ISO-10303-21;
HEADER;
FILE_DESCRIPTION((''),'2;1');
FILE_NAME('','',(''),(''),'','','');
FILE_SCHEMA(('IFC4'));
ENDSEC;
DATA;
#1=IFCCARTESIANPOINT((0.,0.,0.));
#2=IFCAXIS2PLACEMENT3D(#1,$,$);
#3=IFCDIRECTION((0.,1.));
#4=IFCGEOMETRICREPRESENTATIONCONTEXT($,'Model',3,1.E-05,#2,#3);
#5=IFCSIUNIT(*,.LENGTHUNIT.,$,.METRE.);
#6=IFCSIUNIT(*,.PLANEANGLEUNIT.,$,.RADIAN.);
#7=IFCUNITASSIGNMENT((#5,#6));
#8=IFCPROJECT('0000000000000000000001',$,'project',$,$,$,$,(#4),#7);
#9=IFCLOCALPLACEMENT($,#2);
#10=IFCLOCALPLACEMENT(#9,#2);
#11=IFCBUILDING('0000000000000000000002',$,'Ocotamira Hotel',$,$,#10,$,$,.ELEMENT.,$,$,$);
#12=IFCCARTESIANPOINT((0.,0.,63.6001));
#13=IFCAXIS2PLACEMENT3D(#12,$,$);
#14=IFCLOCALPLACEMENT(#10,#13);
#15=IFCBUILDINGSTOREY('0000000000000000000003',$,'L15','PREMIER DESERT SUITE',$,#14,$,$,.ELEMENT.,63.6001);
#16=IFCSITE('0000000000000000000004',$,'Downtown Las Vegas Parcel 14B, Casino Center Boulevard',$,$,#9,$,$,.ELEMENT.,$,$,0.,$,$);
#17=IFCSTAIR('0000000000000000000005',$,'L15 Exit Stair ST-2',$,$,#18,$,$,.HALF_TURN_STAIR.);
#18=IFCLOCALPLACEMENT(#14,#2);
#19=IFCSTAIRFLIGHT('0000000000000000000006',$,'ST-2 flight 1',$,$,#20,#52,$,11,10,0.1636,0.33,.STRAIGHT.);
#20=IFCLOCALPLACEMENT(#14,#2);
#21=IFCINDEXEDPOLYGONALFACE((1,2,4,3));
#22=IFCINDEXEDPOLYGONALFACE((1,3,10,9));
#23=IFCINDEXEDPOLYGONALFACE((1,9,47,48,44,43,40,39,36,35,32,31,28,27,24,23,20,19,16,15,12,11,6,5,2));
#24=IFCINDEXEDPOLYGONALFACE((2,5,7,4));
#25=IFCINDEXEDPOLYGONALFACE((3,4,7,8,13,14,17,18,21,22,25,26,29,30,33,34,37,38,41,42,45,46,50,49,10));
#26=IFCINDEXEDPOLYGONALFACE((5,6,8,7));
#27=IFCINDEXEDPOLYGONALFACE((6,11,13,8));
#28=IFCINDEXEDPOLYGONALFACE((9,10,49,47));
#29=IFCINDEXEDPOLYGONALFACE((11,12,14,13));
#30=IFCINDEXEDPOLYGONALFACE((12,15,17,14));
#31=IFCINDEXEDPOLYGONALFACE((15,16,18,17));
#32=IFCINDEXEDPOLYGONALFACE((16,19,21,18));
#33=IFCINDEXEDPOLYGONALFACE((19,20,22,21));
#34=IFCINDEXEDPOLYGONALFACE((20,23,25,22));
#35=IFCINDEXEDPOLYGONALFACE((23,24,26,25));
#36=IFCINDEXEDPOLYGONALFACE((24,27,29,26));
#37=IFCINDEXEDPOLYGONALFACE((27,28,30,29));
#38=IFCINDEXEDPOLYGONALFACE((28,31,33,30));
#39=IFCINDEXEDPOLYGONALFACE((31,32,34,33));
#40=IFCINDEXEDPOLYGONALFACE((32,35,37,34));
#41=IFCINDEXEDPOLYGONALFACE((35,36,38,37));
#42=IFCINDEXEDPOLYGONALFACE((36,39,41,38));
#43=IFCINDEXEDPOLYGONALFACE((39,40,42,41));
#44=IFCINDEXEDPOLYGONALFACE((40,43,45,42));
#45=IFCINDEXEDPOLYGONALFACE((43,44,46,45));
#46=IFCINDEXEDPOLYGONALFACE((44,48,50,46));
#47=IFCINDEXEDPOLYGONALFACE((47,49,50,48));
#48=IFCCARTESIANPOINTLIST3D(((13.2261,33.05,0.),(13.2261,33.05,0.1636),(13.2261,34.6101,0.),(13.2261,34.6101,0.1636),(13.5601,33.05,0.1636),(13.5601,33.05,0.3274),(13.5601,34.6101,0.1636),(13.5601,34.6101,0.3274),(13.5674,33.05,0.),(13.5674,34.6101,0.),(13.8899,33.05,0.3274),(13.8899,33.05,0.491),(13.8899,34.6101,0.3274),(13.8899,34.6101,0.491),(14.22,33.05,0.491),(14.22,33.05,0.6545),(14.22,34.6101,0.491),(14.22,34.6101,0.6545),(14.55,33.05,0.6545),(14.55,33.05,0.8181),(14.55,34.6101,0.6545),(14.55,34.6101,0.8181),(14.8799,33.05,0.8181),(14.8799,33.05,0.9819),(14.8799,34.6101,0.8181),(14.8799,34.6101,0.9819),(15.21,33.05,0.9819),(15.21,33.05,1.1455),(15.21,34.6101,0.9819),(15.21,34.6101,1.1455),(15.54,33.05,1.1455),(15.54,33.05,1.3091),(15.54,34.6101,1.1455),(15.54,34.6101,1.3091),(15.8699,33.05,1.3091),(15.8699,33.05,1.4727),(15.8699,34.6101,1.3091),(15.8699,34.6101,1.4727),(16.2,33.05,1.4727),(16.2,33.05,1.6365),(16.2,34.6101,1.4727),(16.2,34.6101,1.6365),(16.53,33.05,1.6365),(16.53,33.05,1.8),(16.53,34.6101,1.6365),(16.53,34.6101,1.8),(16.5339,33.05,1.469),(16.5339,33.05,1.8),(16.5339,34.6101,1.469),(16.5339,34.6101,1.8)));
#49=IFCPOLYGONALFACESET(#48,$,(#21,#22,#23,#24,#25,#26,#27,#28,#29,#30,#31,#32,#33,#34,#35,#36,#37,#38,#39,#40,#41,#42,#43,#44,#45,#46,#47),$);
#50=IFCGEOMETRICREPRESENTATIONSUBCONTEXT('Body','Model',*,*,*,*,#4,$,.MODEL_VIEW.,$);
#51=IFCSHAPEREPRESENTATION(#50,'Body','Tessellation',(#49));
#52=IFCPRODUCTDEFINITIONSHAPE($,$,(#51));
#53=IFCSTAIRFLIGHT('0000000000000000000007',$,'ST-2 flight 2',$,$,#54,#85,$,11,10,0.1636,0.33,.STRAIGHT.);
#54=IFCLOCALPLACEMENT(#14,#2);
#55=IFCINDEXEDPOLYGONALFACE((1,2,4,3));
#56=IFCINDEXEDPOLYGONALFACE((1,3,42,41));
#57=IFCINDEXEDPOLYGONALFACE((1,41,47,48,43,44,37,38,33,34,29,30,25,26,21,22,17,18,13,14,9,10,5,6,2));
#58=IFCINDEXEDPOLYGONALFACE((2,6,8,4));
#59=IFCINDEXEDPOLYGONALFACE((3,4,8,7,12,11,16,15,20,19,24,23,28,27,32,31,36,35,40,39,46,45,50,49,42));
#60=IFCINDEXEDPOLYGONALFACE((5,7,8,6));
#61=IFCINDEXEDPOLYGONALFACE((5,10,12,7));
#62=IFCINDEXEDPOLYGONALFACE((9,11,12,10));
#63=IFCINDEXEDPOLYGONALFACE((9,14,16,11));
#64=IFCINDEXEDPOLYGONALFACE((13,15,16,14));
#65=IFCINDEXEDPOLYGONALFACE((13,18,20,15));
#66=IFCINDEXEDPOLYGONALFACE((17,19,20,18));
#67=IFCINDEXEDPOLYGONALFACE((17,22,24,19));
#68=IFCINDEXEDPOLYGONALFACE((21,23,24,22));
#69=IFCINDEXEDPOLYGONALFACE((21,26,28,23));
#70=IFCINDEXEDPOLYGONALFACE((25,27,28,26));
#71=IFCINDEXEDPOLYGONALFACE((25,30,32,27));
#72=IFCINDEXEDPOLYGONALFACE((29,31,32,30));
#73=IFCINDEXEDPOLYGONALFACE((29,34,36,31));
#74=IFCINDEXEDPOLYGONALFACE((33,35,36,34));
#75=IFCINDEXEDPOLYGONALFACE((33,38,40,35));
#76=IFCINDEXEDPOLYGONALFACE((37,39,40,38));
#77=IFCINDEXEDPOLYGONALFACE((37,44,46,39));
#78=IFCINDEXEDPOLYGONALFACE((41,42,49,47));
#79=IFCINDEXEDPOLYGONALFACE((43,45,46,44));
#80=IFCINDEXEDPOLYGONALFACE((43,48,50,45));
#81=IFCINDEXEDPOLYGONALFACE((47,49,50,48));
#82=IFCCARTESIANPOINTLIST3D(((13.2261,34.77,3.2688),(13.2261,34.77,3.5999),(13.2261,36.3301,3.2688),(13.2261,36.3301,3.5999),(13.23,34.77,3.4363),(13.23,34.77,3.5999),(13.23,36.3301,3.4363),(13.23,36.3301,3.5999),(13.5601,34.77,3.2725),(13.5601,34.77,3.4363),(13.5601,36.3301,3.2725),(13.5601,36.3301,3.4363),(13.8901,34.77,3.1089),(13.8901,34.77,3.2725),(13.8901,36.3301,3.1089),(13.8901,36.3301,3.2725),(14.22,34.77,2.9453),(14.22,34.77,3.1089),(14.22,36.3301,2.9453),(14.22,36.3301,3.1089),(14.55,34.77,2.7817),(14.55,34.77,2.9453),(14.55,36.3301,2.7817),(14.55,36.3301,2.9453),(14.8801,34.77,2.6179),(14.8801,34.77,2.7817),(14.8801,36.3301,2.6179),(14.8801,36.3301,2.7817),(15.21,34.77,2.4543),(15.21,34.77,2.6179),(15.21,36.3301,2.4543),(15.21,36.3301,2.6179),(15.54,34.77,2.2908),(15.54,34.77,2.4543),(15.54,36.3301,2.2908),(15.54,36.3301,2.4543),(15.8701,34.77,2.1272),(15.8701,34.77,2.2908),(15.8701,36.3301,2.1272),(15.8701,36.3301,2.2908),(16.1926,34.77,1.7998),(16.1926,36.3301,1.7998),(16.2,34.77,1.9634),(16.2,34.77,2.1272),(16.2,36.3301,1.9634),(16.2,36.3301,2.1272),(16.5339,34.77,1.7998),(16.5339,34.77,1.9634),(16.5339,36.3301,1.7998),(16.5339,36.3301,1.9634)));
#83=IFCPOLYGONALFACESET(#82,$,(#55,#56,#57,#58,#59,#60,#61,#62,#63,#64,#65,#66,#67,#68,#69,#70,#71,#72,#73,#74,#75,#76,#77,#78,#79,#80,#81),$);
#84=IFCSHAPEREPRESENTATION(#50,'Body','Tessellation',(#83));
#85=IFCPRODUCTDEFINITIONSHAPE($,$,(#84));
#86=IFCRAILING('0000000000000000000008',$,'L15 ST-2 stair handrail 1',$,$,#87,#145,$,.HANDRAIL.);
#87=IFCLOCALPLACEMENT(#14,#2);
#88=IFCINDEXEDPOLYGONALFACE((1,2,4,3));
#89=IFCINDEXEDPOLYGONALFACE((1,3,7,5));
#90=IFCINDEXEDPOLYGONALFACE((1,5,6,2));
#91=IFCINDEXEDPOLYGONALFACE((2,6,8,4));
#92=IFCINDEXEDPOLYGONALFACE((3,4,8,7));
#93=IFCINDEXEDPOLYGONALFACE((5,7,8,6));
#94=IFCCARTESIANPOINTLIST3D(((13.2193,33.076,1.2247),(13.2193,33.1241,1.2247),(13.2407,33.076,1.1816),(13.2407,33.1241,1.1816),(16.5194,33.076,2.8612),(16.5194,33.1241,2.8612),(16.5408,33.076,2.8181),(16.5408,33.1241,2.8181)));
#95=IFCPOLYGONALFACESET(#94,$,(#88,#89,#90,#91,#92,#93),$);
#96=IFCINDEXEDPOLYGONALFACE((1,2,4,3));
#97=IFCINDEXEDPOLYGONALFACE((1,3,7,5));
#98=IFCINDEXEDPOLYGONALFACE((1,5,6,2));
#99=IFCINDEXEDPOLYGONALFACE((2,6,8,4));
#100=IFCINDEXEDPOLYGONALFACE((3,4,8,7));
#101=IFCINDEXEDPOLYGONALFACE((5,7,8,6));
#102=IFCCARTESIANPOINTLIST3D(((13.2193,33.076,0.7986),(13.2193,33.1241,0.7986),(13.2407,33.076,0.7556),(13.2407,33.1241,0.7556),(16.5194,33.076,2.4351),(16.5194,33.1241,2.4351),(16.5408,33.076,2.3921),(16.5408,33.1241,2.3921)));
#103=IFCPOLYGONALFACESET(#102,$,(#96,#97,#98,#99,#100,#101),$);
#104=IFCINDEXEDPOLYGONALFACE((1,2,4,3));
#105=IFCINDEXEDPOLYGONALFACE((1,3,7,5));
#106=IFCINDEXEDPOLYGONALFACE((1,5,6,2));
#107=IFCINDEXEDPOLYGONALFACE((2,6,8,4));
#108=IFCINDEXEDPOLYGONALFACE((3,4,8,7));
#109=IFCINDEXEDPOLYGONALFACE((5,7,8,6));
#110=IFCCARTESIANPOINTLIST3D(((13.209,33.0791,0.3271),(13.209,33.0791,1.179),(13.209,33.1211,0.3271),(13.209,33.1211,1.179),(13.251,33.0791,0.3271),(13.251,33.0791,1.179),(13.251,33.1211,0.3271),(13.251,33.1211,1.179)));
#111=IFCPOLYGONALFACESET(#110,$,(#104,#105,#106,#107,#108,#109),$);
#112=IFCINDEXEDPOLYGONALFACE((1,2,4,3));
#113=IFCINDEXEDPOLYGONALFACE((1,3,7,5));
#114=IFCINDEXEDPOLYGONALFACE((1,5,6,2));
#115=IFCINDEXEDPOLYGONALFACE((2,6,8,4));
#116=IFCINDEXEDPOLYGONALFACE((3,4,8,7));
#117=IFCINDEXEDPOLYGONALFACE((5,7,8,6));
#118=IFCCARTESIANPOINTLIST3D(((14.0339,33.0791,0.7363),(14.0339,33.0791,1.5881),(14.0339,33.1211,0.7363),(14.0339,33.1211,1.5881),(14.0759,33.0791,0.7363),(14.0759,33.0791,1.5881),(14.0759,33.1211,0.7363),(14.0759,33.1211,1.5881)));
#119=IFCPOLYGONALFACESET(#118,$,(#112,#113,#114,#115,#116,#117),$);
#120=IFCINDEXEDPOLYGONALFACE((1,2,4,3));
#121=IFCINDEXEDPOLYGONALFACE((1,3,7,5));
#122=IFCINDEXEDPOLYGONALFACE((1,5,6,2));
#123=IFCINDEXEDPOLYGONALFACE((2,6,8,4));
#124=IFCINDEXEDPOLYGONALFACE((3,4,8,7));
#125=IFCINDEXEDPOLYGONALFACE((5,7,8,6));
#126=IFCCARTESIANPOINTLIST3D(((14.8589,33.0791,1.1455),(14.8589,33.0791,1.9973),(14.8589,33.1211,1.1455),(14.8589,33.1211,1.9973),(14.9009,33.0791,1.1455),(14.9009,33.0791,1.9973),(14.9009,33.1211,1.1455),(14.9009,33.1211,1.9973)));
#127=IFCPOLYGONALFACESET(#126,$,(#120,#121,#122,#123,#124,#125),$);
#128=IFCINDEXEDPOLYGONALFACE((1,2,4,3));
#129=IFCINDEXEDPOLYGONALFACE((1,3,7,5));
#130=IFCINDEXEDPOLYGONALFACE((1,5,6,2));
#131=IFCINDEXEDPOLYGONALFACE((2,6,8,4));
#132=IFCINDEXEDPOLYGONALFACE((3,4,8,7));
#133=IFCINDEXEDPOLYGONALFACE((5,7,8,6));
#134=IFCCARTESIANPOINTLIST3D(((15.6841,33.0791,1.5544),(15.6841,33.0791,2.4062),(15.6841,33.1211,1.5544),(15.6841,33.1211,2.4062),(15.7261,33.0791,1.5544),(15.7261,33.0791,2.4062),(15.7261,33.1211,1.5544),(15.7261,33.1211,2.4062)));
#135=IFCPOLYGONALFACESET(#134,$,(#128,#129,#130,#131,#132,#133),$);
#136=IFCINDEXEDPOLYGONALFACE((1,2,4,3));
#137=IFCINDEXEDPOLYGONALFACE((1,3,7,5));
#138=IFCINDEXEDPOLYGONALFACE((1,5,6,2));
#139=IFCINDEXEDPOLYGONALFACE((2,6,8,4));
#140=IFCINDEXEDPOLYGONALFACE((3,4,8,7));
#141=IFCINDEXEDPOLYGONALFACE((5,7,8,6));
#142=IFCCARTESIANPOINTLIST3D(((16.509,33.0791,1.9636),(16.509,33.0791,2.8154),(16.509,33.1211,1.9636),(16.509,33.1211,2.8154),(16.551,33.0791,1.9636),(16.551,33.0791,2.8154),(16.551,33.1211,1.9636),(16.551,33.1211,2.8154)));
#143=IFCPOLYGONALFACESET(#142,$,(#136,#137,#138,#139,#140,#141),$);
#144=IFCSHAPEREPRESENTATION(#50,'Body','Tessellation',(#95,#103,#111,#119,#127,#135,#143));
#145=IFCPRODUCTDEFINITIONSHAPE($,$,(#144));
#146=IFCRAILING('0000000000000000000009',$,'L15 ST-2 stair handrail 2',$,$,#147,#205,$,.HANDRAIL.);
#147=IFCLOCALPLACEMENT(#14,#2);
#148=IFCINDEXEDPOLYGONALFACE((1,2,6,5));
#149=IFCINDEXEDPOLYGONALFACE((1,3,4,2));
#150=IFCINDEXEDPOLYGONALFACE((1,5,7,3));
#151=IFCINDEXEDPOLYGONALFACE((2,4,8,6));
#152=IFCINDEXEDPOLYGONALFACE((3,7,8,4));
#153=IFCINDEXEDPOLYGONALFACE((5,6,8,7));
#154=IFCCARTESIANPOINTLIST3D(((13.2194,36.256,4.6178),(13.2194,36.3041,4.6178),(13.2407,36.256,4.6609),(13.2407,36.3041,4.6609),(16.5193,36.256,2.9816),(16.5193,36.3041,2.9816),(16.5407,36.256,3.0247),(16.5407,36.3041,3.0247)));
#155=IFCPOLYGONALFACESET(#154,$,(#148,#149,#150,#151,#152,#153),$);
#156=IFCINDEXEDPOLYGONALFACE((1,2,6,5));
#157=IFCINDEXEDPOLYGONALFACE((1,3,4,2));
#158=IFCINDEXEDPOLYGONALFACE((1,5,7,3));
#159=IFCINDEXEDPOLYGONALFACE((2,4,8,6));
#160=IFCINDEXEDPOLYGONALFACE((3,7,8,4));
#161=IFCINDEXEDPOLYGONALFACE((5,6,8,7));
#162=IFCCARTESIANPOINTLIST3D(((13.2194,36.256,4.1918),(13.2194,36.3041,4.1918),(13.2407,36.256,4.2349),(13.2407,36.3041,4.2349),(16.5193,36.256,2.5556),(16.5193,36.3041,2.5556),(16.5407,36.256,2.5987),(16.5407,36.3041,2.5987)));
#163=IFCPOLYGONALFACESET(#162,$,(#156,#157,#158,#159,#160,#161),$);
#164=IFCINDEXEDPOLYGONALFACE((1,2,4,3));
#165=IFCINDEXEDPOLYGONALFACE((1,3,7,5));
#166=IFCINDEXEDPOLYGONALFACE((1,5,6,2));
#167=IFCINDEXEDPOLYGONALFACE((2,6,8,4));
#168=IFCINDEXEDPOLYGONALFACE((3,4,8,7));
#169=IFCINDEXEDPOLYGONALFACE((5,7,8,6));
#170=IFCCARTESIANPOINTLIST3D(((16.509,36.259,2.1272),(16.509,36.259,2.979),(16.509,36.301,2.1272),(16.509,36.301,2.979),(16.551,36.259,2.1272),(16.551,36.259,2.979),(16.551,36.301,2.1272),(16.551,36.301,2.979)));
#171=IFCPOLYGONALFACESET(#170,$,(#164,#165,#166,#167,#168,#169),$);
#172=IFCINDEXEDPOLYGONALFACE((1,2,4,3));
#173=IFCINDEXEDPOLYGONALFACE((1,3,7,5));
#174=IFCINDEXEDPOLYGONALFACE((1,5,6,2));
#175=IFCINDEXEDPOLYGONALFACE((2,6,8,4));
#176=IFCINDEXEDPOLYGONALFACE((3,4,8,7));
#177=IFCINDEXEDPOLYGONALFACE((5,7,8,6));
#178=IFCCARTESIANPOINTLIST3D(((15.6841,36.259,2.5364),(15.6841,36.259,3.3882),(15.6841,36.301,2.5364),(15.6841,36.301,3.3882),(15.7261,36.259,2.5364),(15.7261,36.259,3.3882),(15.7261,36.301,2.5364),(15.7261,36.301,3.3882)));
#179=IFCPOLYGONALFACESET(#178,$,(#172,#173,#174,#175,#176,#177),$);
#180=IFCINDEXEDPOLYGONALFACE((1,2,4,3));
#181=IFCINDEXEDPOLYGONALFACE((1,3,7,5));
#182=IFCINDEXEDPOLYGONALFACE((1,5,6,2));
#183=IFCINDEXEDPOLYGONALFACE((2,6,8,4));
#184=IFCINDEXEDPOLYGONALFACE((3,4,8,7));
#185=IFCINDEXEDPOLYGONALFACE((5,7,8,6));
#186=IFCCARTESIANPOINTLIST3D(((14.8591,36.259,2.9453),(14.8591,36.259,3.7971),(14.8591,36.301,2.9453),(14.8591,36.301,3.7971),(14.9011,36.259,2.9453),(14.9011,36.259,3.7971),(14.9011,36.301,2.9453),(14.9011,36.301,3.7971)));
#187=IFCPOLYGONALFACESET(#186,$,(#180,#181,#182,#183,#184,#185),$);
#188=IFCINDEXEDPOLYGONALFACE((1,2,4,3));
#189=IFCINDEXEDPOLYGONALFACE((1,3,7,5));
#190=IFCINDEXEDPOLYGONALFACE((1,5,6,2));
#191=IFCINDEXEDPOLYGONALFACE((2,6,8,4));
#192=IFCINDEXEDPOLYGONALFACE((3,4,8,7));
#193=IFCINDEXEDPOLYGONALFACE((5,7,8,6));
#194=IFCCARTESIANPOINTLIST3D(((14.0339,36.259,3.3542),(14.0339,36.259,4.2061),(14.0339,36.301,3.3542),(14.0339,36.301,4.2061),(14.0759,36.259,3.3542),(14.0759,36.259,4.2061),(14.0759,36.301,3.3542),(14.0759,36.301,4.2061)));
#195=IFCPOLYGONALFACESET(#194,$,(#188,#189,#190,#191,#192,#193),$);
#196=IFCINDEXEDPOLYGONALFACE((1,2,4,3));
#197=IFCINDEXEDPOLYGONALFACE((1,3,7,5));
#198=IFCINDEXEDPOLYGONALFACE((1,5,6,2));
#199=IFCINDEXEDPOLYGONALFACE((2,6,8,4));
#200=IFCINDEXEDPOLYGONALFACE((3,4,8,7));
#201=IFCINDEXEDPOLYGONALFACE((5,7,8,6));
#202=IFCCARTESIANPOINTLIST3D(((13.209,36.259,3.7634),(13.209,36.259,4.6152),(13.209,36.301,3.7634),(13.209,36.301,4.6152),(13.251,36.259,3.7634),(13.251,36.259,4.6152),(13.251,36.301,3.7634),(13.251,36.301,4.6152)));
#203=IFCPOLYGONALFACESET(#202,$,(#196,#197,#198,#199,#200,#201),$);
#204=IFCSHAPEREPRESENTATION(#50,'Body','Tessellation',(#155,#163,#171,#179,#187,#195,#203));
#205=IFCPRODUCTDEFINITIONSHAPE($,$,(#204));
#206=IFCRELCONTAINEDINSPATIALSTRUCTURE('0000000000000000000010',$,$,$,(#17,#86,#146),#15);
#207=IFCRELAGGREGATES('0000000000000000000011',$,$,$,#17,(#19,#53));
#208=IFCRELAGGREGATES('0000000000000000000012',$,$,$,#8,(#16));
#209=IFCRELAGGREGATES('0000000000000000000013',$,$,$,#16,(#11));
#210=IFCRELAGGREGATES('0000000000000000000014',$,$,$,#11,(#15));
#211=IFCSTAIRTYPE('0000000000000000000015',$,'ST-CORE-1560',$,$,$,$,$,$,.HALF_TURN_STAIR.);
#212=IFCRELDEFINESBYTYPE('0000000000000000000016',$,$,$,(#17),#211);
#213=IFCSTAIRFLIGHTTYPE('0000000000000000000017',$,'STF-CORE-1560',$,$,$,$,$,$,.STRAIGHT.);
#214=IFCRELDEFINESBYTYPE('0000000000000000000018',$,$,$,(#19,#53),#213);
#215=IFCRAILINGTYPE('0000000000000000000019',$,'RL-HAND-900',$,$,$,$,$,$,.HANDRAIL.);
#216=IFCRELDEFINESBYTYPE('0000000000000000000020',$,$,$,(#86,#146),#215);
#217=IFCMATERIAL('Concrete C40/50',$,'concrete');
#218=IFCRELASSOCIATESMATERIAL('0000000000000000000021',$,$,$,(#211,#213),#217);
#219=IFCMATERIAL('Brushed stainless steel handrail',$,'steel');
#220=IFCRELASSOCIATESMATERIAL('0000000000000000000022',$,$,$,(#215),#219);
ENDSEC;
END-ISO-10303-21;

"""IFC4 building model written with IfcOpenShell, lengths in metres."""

from ifc_helpers import new_model, si_unit, direction, frame, origin, origin_2d, place, context, subcontext, project, spatial, polyline, rectangle, outline, extrude, source, transform, mapped, material, type_object, element, aggregate, save


model = new_model("IFC4")

# Units and contexts
model_context = context("Model", 3, precision=1e-05, world=origin(), true_north=direction((0.0, 1.0)))
body_context = subcontext(model_context, "Body", "Model", "MODEL_VIEW")
ifc_project = project(units=[si_unit("LENGTHUNIT", "METRE"), si_unit("PLANEANGLEUNIT", "RADIAN")], contexts=[model_context])

# Site, building, storey
site_placement = place(None, origin())
site = spatial("IfcSite", under=ifc_project, at=site_placement, Name="Downtown Las Vegas Parcel 14B, Casino Center Boulevard", CompositionType="ELEMENT", RefElevation=0.0)
building_placement = place(site_placement, origin())
building = spatial("IfcBuilding", under=site, at=building_placement, Name="Ocotamira Hotel", CompositionType="ELEMENT")
storey_placement = place(building_placement, frame((0.0, 0.0, 63.6001)))
storey = spatial("IfcBuildingStorey", under=building, at=storey_placement, Name="L15", Description="PREMIER DESERT SUITE", CompositionType="ELEMENT", Elevation=63.6001)

# Stair, stair flights
ifc_material_1 = material(Name="Concrete C40/50", Category="concrete")
stair_type = type_object("IfcStairType", Name="ST-CORE-1560", PredefinedType="HALF_TURN_STAIR", material=ifc_material_1)
stair_placement = place(storey_placement, origin())
stair = element("IfcStair", 1, at=stair_placement, inside=storey, type_object=stair_type, Name="L15 Exit Stair ST-2", PredefinedType="HALF_TURN_STAIR")
stair_flight_type = type_object("IfcStairFlightType", Name="STF-CORE-1560", PredefinedType="STRAIGHT", material=ifc_material_1)
shared_shape_1 = source(origin(), body_context, "Body", "SweptSolid", [
    extrude(outline(polyline([(-0.0039, 0.0), (-0.0039, 0.1636), (0.3301, 0.1636), (0.3301, 0.3274), (0.6599, 0.3274), (0.6599, 0.491), (0.99, 0.491), (0.99, 0.6545), (1.3201, 0.6545), (1.3201, 0.8181), (1.6499, 0.8181), (1.6499, 0.9819), (1.98, 0.9819), (1.98, 1.1455), (2.3101, 1.1455), (2.3101, 1.3091), (2.6399, 1.3091), (2.6399, 1.4727), (2.97, 1.4727), (2.97, 1.6365), (3.3, 1.6365), (3.3, 1.8), (3.304, 1.8), (3.304, 1.469), (0.3374, 0.0), (-0.0039, 0.0)])), frame((0.0, 0.78, 0.0), z_axis=(0.0, -1.0, 0.0), x_axis=(1.0, 0.0, 0.0)), (0.0, 0.0, 1.0), 1.5601),
])
stair_flight_1_placement = place(storey_placement, frame((13.23, 33.8301, 0.0), z_axis=(0.0, 0.0, 1.0), x_axis=(1.0, 0.0, 0.0)))
stair_flight_1 = element("IfcStairFlight", 2, at=stair_flight_1_placement, type_object=stair_flight_type, Name="ST-2 flight 1", NumberOfRisers=11, NumberOfTreads=10, PredefinedType="STRAIGHT", RiserHeight=0.1636, TreadLength=0.33, context=body_context, shape_type="MappedRepresentation", body=[
    mapped(shared_shape_1, transform((0.0, 0.0, 0.0), scale=1.0)),
])
stair_flight_2_placement = place(storey_placement, frame((16.53, 35.55, 1.7998), z_axis=(0.0, 0.0, 1.0), x_axis=(-1.0, 0.0, 0.0)))
stair_flight_2 = element("IfcStairFlight", 3, at=stair_flight_2_placement, type_object=stair_flight_type, Name="ST-2 flight 2", NumberOfRisers=11, NumberOfTreads=10, PredefinedType="STRAIGHT", RiserHeight=0.1636, TreadLength=0.33, context=body_context, shape_type="MappedRepresentation", body=[
    mapped(shared_shape_1, transform((0.0, 0.0, 0.0), scale=1.0)),
])
aggregate(stair, [stair_flight_1, stair_flight_2])

# Railings
ifc_material_2 = material(Name="Brushed stainless steel handrail", Category="steel")
railing_type_1 = type_object("IfcRailingType", Name="RL-HAND-900", PredefinedType="HANDRAIL", material=ifc_material_2)
railing_1_placement = place(storey_placement, frame((13.23, 33.1001, 0.3271)))
element("IfcRailing", 4, at=railing_1_placement, inside=storey, type_object=railing_type_1, Name="L15 ST-2 stair handrail 1", PredefinedType="HANDRAIL", context=body_context, shape_type="SweptSolid", body=[
    extrude(rectangle(XDim=0.0481, YDim=0.0481, at=origin_2d()), frame((0.0, 0.0, 0.876), z_axis=(0.895894, 0.0, 0.444268), x_axis=(0.0, 1.0, 0.0)), (0.0, 0.0, 1.0), 3.6836),
    extrude(rectangle(XDim=0.0481, YDim=0.0481, at=origin_2d()), frame((0.0, 0.0, 0.45), z_axis=(0.895894, 0.0, 0.444268), x_axis=(0.0, 1.0, 0.0)), (0.0, 0.0, 1.0), 3.6836),
    extrude(rectangle(XDim=0.042, YDim=0.042, at=origin_2d()), origin(), (0.0, 0.0, 1.0), 0.8518),
    extrude(rectangle(XDim=0.042, YDim=0.042, at=origin_2d()), frame((0.825, 0.0, 0.4092)), (0.0, 0.0, 1.0), 0.8518),
    extrude(rectangle(XDim=0.042, YDim=0.042, at=origin_2d()), frame((1.6499, 0.0, 0.8184)), (0.0, 0.0, 1.0), 0.8518),
    extrude(rectangle(XDim=0.042, YDim=0.042, at=origin_2d()), frame((2.4751, 0.0, 1.2273)), (0.0, 0.0, 1.0), 0.8518),
    extrude(rectangle(XDim=0.042, YDim=0.042, at=origin_2d()), frame((3.3, 0.0, 1.6365)), (0.0, 0.0, 1.0), 0.8518),
])
railing_2_placement = place(storey_placement, frame((16.53, 36.28, 2.1272)))
element("IfcRailing", 5, at=railing_2_placement, inside=storey, type_object=railing_type_1, Name="L15 ST-2 stair handrail 2", PredefinedType="HANDRAIL", context=body_context, shape_type="SweptSolid", body=[
    extrude(rectangle(XDim=0.0481, YDim=0.0481, at=origin_2d()), frame((0.0, 0.0, 0.876), z_axis=(-0.89592, 0.0, 0.444215), x_axis=(0.0, -1.0, 0.0)), (0.0, 0.0, 1.0), 3.6833),
    extrude(rectangle(XDim=0.0481, YDim=0.0481, at=origin_2d()), frame((0.0, 0.0, 0.45), z_axis=(-0.89592, 0.0, 0.444215), x_axis=(0.0, -1.0, 0.0)), (0.0, 0.0, 1.0), 3.6833),
    extrude(rectangle(XDim=0.042, YDim=0.042, at=origin_2d()), origin(), (0.0, 0.0, 1.0), 0.8518),
    extrude(rectangle(XDim=0.042, YDim=0.042, at=origin_2d()), frame((-0.825, 0.0, 0.4092)), (0.0, 0.0, 1.0), 0.8518),
    extrude(rectangle(XDim=0.042, YDim=0.042, at=origin_2d()), frame((-1.6499, 0.0, 0.8181)), (0.0, 0.0, 1.0), 0.8518),
    extrude(rectangle(XDim=0.042, YDim=0.042, at=origin_2d()), frame((-2.4751, 0.0, 1.2271)), (0.0, 0.0, 1.0), 0.8518),
    extrude(rectangle(XDim=0.042, YDim=0.042, at=origin_2d()), frame((-3.3, 0.0, 1.6362)), (0.0, 0.0, 1.0), 0.8518),
])

save(model, "model.ifc")
